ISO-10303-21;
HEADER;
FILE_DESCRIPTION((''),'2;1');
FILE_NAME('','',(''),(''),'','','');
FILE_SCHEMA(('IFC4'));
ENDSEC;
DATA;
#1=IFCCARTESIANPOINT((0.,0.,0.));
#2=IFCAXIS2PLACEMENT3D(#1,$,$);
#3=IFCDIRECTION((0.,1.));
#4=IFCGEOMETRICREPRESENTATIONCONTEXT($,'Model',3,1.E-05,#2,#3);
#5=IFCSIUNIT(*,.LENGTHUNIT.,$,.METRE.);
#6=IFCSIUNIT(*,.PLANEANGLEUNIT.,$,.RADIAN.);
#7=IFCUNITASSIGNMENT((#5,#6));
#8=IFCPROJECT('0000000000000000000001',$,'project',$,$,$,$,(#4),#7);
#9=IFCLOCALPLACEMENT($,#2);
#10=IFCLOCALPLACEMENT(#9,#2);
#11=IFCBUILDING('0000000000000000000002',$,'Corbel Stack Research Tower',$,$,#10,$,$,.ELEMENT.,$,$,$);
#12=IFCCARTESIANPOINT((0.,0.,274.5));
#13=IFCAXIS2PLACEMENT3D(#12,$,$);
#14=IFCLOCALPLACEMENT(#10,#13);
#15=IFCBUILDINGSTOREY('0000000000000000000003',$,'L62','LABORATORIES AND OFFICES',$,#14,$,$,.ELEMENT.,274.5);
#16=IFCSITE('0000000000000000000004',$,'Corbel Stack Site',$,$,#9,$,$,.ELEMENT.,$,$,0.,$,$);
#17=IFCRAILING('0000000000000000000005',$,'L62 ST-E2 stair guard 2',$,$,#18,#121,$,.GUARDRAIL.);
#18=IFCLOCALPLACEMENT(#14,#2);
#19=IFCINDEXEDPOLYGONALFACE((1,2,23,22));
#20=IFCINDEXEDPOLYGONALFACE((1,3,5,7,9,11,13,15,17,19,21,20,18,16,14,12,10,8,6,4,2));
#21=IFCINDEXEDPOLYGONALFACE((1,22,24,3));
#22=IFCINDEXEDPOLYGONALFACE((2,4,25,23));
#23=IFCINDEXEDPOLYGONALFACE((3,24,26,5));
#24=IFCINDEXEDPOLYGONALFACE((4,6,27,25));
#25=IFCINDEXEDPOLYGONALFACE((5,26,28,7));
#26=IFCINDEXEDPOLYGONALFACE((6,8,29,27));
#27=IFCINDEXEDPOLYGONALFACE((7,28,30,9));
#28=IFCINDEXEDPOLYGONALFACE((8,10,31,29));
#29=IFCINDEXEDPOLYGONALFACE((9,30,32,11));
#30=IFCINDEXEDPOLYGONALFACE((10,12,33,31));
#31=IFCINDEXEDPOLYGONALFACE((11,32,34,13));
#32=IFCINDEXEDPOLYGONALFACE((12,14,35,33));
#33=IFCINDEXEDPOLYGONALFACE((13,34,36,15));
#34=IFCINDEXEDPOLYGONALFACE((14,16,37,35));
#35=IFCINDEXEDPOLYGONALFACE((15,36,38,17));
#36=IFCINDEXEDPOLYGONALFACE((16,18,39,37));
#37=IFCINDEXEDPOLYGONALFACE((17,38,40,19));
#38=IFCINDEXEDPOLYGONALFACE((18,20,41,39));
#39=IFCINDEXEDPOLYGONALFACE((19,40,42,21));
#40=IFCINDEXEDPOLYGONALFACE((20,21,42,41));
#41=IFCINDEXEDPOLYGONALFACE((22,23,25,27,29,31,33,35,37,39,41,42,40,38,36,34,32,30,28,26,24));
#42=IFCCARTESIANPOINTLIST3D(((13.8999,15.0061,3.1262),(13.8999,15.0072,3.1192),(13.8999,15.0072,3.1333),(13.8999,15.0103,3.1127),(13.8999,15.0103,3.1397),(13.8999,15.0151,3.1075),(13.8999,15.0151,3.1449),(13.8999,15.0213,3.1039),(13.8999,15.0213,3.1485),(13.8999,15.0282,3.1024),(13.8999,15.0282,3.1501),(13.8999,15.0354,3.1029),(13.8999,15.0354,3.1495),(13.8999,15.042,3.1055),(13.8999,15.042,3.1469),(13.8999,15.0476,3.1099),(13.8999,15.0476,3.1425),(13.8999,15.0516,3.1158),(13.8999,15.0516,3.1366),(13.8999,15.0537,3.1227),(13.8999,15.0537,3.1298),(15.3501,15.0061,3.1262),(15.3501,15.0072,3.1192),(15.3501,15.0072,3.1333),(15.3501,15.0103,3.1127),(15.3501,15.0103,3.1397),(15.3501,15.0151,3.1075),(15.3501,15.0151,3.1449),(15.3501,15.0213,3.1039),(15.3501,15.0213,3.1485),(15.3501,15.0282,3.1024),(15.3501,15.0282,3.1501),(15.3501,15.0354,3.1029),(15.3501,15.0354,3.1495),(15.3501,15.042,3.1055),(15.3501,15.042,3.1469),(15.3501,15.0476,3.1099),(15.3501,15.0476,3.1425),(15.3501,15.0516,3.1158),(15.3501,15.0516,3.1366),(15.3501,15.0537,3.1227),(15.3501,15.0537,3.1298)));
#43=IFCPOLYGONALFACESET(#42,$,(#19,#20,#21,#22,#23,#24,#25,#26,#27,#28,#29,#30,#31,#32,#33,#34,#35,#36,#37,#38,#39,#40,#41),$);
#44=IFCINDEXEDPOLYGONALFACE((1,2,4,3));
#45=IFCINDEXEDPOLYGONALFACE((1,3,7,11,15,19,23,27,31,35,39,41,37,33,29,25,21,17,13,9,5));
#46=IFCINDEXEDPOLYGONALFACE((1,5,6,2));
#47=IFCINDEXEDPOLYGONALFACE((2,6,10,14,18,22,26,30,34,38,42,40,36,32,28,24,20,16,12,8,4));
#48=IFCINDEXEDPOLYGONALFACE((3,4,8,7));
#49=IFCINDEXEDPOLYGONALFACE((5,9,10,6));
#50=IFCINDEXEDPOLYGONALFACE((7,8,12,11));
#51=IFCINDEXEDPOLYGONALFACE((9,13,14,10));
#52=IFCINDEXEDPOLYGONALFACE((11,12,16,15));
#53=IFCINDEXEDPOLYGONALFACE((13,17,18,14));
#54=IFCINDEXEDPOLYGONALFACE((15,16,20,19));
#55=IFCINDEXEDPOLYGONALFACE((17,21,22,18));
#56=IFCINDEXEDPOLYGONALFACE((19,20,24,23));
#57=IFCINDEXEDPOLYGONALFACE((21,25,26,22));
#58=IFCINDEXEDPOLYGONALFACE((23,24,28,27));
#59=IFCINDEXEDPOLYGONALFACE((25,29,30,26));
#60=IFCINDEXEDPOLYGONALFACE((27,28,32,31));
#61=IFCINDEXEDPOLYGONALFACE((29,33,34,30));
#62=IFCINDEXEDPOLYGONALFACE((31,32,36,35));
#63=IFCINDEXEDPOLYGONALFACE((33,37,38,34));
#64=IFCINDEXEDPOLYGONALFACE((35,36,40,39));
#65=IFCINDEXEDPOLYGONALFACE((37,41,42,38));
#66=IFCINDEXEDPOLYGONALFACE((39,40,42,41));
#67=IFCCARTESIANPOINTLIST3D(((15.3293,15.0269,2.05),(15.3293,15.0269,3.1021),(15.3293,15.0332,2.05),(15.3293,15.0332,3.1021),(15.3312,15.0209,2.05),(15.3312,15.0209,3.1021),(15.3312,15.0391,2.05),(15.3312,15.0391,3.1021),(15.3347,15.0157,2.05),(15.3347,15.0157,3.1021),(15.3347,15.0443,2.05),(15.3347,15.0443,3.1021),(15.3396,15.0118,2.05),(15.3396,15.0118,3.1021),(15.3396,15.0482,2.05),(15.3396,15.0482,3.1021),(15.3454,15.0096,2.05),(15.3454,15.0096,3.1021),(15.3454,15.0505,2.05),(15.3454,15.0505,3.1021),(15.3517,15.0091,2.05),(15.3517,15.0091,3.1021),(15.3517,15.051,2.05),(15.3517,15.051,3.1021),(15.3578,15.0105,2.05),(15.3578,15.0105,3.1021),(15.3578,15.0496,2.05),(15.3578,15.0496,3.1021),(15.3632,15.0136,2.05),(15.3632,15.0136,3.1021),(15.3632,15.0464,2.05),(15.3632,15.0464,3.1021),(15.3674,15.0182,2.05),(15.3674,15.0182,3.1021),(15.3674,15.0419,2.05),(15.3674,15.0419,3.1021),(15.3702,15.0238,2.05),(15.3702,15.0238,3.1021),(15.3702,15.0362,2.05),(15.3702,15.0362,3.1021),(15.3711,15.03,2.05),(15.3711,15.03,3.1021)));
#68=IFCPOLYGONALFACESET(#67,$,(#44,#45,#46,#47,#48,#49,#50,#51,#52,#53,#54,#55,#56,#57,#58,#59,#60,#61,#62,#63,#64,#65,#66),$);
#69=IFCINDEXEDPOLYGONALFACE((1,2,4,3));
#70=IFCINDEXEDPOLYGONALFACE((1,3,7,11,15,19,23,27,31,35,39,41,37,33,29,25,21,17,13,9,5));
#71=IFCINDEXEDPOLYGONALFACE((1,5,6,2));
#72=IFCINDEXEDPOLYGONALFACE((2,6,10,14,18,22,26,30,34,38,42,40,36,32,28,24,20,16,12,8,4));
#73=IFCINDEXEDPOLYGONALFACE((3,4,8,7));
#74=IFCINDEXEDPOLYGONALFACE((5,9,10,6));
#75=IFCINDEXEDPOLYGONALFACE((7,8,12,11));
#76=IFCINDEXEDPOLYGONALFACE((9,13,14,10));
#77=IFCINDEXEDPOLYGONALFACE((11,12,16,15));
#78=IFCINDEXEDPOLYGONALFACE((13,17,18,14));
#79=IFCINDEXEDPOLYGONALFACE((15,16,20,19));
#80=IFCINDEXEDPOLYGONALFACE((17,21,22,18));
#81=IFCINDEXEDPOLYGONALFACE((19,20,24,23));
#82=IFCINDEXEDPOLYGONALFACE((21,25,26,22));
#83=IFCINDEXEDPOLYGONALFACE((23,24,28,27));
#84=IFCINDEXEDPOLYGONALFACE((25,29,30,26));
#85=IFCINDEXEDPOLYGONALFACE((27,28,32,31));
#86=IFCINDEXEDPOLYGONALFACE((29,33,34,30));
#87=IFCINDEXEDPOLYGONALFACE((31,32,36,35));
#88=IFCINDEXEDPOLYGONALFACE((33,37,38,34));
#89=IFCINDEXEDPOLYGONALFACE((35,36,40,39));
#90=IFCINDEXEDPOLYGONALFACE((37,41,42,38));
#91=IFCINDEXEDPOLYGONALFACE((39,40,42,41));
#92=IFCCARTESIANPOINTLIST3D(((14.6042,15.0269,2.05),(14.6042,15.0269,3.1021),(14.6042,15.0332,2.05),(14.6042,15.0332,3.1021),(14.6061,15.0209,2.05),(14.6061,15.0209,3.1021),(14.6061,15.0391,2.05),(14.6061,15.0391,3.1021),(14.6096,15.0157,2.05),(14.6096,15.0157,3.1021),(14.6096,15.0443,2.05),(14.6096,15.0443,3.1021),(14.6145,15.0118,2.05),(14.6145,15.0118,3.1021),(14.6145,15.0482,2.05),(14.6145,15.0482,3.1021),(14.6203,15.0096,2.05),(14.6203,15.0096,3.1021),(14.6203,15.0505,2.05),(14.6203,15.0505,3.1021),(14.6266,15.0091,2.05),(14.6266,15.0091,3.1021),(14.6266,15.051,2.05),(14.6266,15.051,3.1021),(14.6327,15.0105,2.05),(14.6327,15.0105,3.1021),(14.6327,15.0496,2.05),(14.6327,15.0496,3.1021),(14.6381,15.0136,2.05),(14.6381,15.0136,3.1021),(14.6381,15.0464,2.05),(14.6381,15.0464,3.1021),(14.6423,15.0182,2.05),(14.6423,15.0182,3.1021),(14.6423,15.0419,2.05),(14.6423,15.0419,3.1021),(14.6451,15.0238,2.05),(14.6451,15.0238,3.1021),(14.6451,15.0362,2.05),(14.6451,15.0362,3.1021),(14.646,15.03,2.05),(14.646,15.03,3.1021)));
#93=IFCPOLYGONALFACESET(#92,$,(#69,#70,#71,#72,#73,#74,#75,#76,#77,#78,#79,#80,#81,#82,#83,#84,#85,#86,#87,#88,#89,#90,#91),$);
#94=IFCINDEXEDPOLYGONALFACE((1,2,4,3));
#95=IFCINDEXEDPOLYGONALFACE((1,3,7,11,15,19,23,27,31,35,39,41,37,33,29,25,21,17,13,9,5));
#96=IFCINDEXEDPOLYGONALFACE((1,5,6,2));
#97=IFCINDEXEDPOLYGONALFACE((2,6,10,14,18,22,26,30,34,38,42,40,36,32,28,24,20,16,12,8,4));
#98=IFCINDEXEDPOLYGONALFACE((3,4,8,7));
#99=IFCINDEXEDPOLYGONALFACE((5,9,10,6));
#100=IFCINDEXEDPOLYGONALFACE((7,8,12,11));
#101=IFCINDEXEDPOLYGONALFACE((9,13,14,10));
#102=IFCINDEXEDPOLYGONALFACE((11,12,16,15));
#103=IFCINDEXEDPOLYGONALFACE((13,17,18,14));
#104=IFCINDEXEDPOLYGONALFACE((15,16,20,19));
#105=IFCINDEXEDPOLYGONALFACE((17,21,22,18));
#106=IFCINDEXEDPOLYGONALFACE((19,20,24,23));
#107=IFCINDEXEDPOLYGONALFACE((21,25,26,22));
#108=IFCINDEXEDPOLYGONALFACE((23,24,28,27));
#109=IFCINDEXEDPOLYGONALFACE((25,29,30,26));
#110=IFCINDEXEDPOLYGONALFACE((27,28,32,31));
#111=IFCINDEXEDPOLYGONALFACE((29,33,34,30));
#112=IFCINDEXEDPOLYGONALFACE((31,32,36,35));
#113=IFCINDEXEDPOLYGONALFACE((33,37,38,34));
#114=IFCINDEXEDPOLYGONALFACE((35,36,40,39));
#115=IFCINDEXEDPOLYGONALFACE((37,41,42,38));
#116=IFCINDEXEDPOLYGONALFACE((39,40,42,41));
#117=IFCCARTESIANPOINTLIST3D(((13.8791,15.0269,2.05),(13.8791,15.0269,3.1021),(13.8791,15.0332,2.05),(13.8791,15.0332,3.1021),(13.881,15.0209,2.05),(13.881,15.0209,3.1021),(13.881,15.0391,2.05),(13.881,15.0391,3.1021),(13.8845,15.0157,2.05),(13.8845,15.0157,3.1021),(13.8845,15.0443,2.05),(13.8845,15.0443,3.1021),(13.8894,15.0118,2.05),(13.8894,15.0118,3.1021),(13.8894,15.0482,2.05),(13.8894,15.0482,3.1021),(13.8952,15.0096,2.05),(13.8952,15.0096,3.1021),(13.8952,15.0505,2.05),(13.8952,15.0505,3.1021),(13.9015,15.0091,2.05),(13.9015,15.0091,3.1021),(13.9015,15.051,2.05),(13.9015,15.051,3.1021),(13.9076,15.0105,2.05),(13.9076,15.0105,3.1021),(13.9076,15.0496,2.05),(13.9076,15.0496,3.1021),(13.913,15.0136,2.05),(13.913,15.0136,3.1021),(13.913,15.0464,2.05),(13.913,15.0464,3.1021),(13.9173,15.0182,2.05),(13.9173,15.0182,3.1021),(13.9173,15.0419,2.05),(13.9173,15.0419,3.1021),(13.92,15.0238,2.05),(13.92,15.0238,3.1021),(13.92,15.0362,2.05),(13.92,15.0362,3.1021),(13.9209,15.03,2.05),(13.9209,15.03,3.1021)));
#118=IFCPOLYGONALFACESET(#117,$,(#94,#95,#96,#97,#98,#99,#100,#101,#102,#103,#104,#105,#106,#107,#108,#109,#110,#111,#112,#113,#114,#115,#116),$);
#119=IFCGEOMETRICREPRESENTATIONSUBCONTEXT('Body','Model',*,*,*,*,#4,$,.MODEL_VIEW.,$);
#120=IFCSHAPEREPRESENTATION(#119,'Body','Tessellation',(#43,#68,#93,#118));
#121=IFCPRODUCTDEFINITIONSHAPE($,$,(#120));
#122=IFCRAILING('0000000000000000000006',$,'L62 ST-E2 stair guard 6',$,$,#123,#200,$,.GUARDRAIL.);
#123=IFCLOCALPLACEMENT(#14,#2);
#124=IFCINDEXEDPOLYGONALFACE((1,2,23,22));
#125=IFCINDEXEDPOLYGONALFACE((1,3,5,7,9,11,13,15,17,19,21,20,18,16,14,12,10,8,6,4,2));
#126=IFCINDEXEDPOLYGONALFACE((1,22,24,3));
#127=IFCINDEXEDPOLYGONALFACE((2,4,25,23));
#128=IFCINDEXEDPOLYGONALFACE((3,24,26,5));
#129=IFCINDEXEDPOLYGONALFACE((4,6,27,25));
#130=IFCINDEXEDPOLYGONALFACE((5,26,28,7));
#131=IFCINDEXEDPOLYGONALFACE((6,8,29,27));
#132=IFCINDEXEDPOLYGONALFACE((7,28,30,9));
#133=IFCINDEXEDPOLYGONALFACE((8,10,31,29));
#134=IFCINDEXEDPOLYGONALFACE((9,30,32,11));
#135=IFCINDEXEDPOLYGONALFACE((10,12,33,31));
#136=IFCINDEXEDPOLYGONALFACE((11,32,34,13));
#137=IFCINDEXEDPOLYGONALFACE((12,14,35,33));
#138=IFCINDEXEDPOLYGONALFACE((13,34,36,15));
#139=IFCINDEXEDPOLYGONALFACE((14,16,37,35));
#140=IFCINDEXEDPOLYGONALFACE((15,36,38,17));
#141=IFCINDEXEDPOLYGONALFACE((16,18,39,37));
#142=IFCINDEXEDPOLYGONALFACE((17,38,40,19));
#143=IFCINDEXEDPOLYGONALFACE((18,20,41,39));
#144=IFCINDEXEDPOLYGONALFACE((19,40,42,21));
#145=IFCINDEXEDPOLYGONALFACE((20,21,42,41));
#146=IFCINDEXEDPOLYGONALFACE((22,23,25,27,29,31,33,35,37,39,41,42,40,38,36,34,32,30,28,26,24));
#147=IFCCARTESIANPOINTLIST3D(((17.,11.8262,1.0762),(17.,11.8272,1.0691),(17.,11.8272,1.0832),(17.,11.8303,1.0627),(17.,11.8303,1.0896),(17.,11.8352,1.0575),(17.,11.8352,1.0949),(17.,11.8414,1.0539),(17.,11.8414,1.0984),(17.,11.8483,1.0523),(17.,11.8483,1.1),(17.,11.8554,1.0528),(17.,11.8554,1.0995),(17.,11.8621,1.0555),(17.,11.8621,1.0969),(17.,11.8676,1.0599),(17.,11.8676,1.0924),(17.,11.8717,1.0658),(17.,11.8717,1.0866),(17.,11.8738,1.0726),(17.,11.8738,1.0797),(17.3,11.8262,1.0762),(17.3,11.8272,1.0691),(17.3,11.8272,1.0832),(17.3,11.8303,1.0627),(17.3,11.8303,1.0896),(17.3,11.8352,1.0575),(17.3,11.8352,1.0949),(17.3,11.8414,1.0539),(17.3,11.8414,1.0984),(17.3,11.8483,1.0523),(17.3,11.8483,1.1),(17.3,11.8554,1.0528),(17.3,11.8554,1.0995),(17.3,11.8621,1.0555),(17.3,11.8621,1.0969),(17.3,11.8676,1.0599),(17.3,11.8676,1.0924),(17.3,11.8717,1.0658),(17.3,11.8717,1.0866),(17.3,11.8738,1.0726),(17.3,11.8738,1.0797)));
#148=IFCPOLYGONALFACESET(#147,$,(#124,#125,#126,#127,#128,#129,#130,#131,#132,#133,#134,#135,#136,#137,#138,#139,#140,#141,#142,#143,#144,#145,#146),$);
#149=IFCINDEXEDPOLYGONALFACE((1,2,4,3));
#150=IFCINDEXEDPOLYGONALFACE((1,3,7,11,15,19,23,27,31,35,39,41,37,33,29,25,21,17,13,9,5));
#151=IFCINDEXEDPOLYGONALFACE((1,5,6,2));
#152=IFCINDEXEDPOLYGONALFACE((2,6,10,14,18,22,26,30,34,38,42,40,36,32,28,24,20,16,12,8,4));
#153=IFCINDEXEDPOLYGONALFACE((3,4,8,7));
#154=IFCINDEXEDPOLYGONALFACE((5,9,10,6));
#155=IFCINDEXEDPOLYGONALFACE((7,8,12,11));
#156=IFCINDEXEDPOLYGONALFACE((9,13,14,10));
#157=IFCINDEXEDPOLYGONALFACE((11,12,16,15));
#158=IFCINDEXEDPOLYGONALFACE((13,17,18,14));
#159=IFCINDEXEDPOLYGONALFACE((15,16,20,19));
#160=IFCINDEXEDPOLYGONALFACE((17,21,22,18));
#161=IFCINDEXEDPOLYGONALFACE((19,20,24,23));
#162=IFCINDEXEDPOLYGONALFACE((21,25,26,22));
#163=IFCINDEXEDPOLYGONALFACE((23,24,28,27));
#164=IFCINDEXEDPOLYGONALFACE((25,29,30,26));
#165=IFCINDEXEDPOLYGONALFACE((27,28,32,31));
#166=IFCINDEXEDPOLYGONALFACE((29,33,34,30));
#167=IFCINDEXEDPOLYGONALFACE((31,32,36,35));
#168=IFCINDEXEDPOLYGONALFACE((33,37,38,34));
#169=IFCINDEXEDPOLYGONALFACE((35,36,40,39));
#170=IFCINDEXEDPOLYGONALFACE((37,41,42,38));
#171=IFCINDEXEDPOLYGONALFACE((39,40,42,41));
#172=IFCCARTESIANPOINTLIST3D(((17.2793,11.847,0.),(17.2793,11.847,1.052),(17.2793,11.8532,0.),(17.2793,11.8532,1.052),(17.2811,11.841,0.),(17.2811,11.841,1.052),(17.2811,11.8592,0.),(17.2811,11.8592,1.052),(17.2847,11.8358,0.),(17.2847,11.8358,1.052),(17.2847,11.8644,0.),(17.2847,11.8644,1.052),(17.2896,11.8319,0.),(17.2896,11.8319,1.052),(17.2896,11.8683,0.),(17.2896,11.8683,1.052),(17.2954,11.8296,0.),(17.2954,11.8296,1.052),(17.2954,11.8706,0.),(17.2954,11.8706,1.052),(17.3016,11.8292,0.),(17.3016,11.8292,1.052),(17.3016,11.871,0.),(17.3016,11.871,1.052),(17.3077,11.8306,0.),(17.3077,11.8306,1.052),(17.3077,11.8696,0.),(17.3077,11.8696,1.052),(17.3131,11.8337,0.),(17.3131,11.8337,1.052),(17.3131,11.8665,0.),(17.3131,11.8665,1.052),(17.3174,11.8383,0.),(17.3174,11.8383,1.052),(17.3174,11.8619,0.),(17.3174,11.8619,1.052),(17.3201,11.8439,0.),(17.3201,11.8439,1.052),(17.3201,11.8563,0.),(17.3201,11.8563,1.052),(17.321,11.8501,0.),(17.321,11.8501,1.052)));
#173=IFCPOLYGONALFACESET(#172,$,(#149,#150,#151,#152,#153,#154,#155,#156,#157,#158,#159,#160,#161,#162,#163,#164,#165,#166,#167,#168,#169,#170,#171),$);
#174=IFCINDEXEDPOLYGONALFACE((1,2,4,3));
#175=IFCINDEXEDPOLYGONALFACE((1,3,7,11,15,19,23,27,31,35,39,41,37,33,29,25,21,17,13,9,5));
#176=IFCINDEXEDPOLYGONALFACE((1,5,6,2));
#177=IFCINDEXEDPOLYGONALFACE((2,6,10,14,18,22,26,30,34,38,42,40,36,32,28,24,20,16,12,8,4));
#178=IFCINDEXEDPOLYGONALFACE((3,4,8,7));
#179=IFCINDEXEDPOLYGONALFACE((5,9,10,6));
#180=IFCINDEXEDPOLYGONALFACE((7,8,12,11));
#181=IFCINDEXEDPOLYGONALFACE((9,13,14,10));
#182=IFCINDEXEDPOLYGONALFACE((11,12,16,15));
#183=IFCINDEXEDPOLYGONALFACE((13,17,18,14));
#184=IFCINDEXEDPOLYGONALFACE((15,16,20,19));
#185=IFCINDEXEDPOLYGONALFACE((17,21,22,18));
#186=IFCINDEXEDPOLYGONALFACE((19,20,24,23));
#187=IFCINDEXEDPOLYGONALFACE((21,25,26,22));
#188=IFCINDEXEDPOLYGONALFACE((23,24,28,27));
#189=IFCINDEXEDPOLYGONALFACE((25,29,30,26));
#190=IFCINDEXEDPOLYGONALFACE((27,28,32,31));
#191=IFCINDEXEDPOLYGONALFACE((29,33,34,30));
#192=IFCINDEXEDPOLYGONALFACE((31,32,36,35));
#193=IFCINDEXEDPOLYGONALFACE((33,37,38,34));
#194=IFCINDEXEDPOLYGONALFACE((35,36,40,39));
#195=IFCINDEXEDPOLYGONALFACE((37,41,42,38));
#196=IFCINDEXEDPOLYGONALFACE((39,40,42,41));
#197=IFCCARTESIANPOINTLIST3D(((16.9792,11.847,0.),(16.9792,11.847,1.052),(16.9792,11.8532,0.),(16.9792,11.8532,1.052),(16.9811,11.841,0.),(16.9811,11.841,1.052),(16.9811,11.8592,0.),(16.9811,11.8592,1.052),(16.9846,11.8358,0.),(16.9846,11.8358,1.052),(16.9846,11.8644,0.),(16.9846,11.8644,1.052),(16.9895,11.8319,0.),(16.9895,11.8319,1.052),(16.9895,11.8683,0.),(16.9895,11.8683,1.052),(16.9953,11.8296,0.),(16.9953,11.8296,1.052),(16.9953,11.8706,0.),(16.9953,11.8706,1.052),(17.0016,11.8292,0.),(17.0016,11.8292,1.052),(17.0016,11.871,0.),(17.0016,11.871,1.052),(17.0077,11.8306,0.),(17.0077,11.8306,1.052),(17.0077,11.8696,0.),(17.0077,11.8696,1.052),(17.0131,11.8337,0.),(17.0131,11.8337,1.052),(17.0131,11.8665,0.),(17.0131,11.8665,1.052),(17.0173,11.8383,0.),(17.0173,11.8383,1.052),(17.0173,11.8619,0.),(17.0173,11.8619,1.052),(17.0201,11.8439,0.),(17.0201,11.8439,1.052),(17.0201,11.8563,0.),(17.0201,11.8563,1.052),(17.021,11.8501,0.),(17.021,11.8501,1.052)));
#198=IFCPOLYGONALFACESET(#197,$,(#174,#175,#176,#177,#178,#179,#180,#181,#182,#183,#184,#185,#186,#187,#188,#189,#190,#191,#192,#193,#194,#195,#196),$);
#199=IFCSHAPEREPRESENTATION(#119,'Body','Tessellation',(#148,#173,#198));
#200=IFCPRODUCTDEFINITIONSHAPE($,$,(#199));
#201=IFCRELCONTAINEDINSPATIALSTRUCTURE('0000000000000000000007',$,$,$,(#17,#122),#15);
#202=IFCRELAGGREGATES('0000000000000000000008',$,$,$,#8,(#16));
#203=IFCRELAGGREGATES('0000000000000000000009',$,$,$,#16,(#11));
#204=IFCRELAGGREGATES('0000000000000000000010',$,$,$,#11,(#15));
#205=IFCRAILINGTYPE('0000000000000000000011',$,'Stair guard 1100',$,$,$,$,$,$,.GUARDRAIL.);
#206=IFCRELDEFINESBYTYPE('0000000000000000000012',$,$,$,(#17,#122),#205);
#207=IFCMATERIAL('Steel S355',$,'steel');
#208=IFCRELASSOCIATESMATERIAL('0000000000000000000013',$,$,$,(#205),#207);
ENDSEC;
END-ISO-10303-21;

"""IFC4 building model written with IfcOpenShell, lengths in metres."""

from ifc_helpers import new_model, si_unit, direction, frame, origin, origin_2d, place, context, subcontext, project, spatial, circle, extrude, material, type_object, element, save


model = new_model("IFC4")

# Units and contexts
model_context = context("Model", 3, precision=1e-05, world=origin(), true_north=direction((0.0, 1.0)))
body_context = subcontext(model_context, "Body", "Model", "MODEL_VIEW")
ifc_project = project(units=[si_unit("LENGTHUNIT", "METRE"), si_unit("PLANEANGLEUNIT", "RADIAN")], contexts=[model_context])

# Site, building, storey
site_placement = place(None, origin())
site = spatial("IfcSite", under=ifc_project, at=site_placement, Name="Corbel Stack Site", CompositionType="ELEMENT", RefElevation=0.0)
building_placement = place(site_placement, origin())
building = spatial("IfcBuilding", under=site, at=building_placement, Name="Corbel Stack Research Tower", CompositionType="ELEMENT")
storey_placement = place(building_placement, frame((0.0, 0.0, 274.5)))
storey = spatial("IfcBuildingStorey", under=building, at=storey_placement, Name="L62", Description="LABORATORIES AND OFFICES", CompositionType="ELEMENT", Elevation=274.5)

# Railings
ifc_material_1 = material(Name="Steel S355", Category="steel")
railing_type_1 = type_object("IfcRailingType", Name="Stair guard 1100", PredefinedType="GUARDRAIL", material=ifc_material_1)
railing_1_placement = place(storey_placement, frame((15.3501, 15.03, 2.05)))
element("IfcRailing", 1, at=railing_1_placement, inside=storey, type_object=railing_type_1, Name="L62 ST-E2 stair guard 2", PredefinedType="GUARDRAIL", context=body_context, shape_type="SweptSolid", body=[
    extrude(circle(Radius=0.0239, at=origin_2d()), frame((0.0, 0.0, 1.0762), z_axis=(-1.0, 0.0, 0.0), x_axis=(0.0, -1.0, 0.0)), (0.0, 0.0, 1.0), 1.4502),
    extrude(circle(Radius=0.021, at=origin_2d()), origin(), (0.0, 0.0, 1.0), 1.052),
    extrude(circle(Radius=0.021, at=origin_2d()), frame((-0.7251, 0.0, 0.0)), (0.0, 0.0, 1.0), 1.052),
    extrude(circle(Radius=0.021, at=origin_2d()), frame((-1.4502, 0.0, 0.0)), (0.0, 0.0, 1.0), 1.052),
])
railing_2_placement = place(storey_placement, frame((17.3, 11.8501, 0.0)))
element("IfcRailing", 2, at=railing_2_placement, inside=storey, type_object=railing_type_1, Name="L62 ST-E2 stair guard 6", PredefinedType="GUARDRAIL", context=body_context, shape_type="SweptSolid", body=[
    extrude(circle(Radius=0.0239, at=origin_2d()), frame((0.0, 0.0, 1.0762), z_axis=(-1.0, 0.0, 0.0), x_axis=(0.0, -1.0, 0.0)), (0.0, 0.0, 1.0), 0.3),
    extrude(circle(Radius=0.021, at=origin_2d()), origin(), (0.0, 0.0, 1.0), 1.052),
    extrude(circle(Radius=0.021, at=origin_2d()), frame((-0.3, 0.0, 0.0)), (0.0, 0.0, 1.0), 1.052),
])

save(model, "model.ifc")
